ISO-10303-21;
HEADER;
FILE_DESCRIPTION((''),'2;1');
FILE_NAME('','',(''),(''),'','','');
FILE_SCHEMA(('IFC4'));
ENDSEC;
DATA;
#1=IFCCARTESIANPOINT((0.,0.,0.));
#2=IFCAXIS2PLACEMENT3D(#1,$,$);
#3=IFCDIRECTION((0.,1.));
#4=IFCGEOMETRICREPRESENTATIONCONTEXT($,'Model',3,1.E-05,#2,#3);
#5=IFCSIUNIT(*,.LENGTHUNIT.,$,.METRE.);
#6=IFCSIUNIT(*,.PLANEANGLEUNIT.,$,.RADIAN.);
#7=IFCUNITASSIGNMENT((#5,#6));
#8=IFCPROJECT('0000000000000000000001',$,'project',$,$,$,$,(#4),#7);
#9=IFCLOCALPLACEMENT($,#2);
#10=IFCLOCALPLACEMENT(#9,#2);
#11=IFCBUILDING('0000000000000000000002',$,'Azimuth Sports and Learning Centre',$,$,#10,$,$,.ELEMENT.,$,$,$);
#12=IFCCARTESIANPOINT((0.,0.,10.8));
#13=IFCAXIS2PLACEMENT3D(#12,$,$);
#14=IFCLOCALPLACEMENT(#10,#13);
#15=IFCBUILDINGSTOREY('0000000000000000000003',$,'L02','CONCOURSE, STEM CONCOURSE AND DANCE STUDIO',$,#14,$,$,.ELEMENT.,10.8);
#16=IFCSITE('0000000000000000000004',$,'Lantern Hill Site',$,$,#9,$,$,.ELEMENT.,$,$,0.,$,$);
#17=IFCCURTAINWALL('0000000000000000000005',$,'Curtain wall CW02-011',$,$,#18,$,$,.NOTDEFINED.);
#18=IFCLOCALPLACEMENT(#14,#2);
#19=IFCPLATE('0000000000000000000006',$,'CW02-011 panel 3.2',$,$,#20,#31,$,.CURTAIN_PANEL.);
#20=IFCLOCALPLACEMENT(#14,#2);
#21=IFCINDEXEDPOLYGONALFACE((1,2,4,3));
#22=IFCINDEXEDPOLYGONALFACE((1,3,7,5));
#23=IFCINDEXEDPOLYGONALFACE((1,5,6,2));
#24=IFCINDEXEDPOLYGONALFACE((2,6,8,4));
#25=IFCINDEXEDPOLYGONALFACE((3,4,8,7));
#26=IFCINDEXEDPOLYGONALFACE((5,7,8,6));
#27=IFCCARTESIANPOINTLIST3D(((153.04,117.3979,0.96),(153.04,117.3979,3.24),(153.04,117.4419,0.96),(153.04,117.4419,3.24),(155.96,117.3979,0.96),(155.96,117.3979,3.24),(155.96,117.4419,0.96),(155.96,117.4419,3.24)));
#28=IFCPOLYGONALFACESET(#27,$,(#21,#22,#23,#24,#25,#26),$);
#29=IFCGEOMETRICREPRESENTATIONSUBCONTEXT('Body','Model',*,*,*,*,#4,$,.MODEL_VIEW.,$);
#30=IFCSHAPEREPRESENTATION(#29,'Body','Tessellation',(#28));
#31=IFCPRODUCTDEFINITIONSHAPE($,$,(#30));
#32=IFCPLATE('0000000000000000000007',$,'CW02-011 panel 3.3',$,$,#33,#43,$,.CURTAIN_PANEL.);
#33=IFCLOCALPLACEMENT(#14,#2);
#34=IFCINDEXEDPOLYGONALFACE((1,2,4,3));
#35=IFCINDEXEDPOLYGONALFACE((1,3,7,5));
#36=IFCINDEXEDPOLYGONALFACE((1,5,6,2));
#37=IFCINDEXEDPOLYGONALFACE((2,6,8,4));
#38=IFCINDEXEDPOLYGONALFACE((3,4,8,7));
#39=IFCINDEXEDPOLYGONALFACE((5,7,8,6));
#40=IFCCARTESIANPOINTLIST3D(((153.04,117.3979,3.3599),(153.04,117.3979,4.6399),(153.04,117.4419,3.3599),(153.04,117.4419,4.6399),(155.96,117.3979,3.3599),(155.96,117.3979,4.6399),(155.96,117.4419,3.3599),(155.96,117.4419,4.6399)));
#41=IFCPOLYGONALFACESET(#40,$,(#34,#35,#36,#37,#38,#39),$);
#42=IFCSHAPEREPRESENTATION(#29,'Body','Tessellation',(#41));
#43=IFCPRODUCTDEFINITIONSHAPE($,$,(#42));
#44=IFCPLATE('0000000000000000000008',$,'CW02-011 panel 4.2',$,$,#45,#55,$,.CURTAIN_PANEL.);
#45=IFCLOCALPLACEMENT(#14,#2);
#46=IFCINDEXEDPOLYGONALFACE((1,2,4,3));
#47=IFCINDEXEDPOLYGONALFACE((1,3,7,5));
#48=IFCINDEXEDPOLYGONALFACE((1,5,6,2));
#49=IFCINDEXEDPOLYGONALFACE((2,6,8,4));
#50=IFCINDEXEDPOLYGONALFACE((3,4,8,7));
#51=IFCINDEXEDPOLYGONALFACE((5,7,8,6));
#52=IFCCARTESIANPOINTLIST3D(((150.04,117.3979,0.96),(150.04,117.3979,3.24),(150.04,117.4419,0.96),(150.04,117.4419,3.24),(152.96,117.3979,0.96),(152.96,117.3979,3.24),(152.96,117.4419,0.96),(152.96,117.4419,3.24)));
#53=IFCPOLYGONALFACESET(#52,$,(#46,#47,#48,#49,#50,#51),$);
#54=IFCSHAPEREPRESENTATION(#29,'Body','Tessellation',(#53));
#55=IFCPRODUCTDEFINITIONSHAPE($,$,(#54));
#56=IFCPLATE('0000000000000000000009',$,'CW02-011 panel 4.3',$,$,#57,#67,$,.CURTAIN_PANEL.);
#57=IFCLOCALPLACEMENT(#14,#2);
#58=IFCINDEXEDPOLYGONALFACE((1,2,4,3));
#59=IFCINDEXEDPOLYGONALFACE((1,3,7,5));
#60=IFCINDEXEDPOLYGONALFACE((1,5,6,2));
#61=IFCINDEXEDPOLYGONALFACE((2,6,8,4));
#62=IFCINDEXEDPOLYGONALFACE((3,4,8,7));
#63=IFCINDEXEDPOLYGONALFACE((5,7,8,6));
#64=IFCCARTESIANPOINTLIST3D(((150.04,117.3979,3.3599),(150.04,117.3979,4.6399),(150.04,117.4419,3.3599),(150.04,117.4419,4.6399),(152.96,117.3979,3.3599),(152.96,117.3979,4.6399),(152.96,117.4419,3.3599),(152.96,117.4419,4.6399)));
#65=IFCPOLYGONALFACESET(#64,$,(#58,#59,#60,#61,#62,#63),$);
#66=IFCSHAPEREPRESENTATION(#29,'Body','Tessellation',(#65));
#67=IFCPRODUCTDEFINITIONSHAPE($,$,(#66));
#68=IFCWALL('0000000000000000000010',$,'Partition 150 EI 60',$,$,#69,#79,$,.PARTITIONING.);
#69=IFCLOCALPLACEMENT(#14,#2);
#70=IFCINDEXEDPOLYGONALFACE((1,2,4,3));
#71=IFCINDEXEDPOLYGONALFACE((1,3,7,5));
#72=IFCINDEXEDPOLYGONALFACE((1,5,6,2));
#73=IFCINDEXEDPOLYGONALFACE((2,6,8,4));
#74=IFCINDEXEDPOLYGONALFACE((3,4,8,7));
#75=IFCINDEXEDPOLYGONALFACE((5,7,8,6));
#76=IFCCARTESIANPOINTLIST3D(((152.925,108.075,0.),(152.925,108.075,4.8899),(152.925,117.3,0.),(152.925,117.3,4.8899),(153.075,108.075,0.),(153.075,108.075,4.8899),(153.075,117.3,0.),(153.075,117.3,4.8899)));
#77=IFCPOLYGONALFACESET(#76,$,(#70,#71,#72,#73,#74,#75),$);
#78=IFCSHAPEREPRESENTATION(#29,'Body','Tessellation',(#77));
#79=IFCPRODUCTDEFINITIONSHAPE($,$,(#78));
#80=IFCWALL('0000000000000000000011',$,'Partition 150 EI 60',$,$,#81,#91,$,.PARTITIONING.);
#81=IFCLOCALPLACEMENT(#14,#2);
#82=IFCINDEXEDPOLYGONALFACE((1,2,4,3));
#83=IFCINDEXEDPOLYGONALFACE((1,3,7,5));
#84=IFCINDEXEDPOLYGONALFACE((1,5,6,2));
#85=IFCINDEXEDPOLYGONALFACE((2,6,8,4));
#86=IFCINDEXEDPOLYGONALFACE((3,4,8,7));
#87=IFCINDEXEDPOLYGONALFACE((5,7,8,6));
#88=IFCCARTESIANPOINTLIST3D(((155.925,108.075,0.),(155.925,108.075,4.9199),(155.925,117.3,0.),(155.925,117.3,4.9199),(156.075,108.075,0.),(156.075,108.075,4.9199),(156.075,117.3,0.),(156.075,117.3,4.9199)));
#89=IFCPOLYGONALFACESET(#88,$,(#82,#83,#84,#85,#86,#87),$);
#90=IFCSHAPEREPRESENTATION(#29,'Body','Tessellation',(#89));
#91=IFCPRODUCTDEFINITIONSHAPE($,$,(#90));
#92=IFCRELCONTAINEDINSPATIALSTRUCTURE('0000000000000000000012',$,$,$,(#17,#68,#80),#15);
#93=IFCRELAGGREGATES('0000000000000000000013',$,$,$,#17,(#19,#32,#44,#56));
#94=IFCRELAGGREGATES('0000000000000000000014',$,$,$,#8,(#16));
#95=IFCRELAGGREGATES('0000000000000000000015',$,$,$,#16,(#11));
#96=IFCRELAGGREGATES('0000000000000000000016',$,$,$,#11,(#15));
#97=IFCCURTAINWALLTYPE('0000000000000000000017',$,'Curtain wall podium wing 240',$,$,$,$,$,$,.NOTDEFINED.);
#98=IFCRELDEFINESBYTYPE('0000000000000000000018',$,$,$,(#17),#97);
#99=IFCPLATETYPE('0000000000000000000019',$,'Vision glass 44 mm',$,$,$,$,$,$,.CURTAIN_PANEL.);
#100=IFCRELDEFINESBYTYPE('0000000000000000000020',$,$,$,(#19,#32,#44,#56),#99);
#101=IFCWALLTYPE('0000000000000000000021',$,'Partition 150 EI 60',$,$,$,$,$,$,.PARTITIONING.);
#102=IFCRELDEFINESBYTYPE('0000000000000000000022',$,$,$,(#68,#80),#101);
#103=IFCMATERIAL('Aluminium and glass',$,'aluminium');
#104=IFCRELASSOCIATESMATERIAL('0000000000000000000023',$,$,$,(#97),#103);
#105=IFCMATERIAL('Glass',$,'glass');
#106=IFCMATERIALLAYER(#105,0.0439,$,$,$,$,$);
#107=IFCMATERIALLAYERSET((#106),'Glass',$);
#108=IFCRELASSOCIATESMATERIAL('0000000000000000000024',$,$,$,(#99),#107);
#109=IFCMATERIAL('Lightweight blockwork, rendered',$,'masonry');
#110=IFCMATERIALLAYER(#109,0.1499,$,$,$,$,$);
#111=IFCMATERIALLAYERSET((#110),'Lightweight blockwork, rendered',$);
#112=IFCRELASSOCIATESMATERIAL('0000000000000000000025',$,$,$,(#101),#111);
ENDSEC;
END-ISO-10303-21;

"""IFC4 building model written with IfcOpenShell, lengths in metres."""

from ifc_helpers import new_model, si_unit, direction, frame, frame_2d, origin, origin_2d, place, context, subcontext, project, spatial, rectangle, extrude, material, layer, layer_set, type_object, element, aggregate, save


model = new_model("IFC4")

# Units and contexts
model_context = context("Model", 3, precision=1e-05, world=origin(), true_north=direction((0.0, 1.0)))
body_context = subcontext(model_context, "Body", "Model", "MODEL_VIEW")
ifc_project = project(units=[si_unit("LENGTHUNIT", "METRE"), si_unit("PLANEANGLEUNIT", "RADIAN")], contexts=[model_context])

# Site, building, storey
site_placement = place(None, origin())
site = spatial("IfcSite", under=ifc_project, at=site_placement, Name="Lantern Hill Site", CompositionType="ELEMENT", RefElevation=0.0)
building_placement = place(site_placement, origin())
building = spatial("IfcBuilding", under=site, at=building_placement, Name="Azimuth Sports and Learning Centre", CompositionType="ELEMENT")
storey_placement = place(building_placement, frame((0.0, 0.0, 10.8)))
storey = spatial("IfcBuildingStorey", under=building, at=storey_placement, Name="L02", Description="CONCOURSE, STEM CONCOURSE AND DANCE STUDIO", CompositionType="ELEMENT", Elevation=10.8)

# Curtain wall, plates
ifc_material_1 = material(Name="Aluminium and glass", Category="aluminium")
curtain_wall_type = type_object("IfcCurtainWallType", Name="Curtain wall podium wing 240", PredefinedType="NOTDEFINED", material=ifc_material_1)
curtain_wall_placement = place(storey_placement, origin())
curtain_wall = element("IfcCurtainWall", 1, at=curtain_wall_placement, inside=storey, type_object=curtain_wall_type, Name="Curtain wall CW02-011", PredefinedType="NOTDEFINED")
ifc_material_2 = material(Name="Glass", Category="glass")
ifc_layer_1 = layer(ifc_material_2, 0.0439)
ifc_layer_set_1 = layer_set([ifc_layer_1], Name="Glass")
plate_type_1 = type_object("IfcPlateType", Name="Vision glass 44 mm", PredefinedType="CURTAIN_PANEL", material=ifc_layer_set_1)
plate_1_placement = place(storey_placement, frame((154.5, 117.4199, 0.96), z_axis=(0.0, 0.0, 1.0), x_axis=(-1.0, 0.0, 0.0)))
plate_1 = element("IfcPlate", 2, at=plate_1_placement, type_object=plate_type_1, Name="CW02-011 panel 3.2", PredefinedType="CURTAIN_PANEL", context=body_context, shape_type="SweptSolid", body=[
    extrude(rectangle(XDim=2.9199, YDim=0.0439, at=origin_2d()), origin(), (0.0, 0.0, 1.0), 2.28),
])
plate_2_placement = place(storey_placement, frame((154.5, 117.4199, 3.3599), z_axis=(0.0, 0.0, 1.0), x_axis=(-1.0, 0.0, 0.0)))
plate_2 = element("IfcPlate", 3, at=plate_2_placement, type_object=plate_type_1, Name="CW02-011 panel 3.3", PredefinedType="CURTAIN_PANEL", context=body_context, shape_type="SweptSolid", body=[
    extrude(rectangle(XDim=2.9199, YDim=0.0439, at=origin_2d()), origin(), (0.0, 0.0, 1.0), 1.28),
])
plate_3_placement = place(storey_placement, frame((151.5, 117.4199, 0.96), z_axis=(0.0, 0.0, 1.0), x_axis=(-1.0, 0.0, 0.0)))
plate_3 = element("IfcPlate", 4, at=plate_3_placement, type_object=plate_type_1, Name="CW02-011 panel 4.2", PredefinedType="CURTAIN_PANEL", context=body_context, shape_type="SweptSolid", body=[
    extrude(rectangle(XDim=2.9199, YDim=0.0439, at=origin_2d()), origin(), (0.0, 0.0, 1.0), 2.28),
])
plate_4_placement = place(storey_placement, frame((151.5, 117.4199, 3.3599), z_axis=(0.0, 0.0, 1.0), x_axis=(-1.0, 0.0, 0.0)))
plate_4 = element("IfcPlate", 5, at=plate_4_placement, type_object=plate_type_1, Name="CW02-011 panel 4.3", PredefinedType="CURTAIN_PANEL", context=body_context, shape_type="SweptSolid", body=[
    extrude(rectangle(XDim=2.9199, YDim=0.0439, at=origin_2d()), origin(), (0.0, 0.0, 1.0), 1.28),
])
aggregate(curtain_wall, [plate_1, plate_2, plate_3, plate_4])

# Walls
ifc_material_3 = material(Name="Lightweight blockwork, rendered", Category="masonry")
ifc_layer_2 = layer(ifc_material_3, 0.1499)
ifc_layer_set_2 = layer_set([ifc_layer_2], Name="Lightweight blockwork, rendered")
wall_type = type_object("IfcWallType", Name="Partition 150 EI 60", PredefinedType="PARTITIONING", material=ifc_layer_set_2)
wall_1_placement = place(storey_placement, frame((153.0, 108.075, 0.0), z_axis=(0.0, 0.0, 1.0), x_axis=(0.0, 1.0, 0.0)))
element("IfcWall", 6, at=wall_1_placement, inside=storey, type_object=wall_type, Name="Partition 150 EI 60", PredefinedType="PARTITIONING", context=body_context, shape_type="SweptSolid", body=[
    extrude(rectangle(XDim=9.2251, YDim=0.1499, at=frame_2d((4.6125, 0.0))), origin(), (0.0, 0.0, 1.0), 4.8899),
])
wall_2_placement = place(storey_placement, frame((156.0, 108.075, 0.0), z_axis=(0.0, 0.0, 1.0), x_axis=(0.0, 1.0, 0.0)))
element("IfcWall", 7, at=wall_2_placement, inside=storey, type_object=wall_type, Name="Partition 150 EI 60", PredefinedType="PARTITIONING", context=body_context, shape_type="SweptSolid", body=[
    extrude(rectangle(XDim=9.2251, YDim=0.1499, at=frame_2d((4.6125, 0.0))), origin(), (0.0, 0.0, 1.0), 4.9199),
])

save(model, "model.ifc")
